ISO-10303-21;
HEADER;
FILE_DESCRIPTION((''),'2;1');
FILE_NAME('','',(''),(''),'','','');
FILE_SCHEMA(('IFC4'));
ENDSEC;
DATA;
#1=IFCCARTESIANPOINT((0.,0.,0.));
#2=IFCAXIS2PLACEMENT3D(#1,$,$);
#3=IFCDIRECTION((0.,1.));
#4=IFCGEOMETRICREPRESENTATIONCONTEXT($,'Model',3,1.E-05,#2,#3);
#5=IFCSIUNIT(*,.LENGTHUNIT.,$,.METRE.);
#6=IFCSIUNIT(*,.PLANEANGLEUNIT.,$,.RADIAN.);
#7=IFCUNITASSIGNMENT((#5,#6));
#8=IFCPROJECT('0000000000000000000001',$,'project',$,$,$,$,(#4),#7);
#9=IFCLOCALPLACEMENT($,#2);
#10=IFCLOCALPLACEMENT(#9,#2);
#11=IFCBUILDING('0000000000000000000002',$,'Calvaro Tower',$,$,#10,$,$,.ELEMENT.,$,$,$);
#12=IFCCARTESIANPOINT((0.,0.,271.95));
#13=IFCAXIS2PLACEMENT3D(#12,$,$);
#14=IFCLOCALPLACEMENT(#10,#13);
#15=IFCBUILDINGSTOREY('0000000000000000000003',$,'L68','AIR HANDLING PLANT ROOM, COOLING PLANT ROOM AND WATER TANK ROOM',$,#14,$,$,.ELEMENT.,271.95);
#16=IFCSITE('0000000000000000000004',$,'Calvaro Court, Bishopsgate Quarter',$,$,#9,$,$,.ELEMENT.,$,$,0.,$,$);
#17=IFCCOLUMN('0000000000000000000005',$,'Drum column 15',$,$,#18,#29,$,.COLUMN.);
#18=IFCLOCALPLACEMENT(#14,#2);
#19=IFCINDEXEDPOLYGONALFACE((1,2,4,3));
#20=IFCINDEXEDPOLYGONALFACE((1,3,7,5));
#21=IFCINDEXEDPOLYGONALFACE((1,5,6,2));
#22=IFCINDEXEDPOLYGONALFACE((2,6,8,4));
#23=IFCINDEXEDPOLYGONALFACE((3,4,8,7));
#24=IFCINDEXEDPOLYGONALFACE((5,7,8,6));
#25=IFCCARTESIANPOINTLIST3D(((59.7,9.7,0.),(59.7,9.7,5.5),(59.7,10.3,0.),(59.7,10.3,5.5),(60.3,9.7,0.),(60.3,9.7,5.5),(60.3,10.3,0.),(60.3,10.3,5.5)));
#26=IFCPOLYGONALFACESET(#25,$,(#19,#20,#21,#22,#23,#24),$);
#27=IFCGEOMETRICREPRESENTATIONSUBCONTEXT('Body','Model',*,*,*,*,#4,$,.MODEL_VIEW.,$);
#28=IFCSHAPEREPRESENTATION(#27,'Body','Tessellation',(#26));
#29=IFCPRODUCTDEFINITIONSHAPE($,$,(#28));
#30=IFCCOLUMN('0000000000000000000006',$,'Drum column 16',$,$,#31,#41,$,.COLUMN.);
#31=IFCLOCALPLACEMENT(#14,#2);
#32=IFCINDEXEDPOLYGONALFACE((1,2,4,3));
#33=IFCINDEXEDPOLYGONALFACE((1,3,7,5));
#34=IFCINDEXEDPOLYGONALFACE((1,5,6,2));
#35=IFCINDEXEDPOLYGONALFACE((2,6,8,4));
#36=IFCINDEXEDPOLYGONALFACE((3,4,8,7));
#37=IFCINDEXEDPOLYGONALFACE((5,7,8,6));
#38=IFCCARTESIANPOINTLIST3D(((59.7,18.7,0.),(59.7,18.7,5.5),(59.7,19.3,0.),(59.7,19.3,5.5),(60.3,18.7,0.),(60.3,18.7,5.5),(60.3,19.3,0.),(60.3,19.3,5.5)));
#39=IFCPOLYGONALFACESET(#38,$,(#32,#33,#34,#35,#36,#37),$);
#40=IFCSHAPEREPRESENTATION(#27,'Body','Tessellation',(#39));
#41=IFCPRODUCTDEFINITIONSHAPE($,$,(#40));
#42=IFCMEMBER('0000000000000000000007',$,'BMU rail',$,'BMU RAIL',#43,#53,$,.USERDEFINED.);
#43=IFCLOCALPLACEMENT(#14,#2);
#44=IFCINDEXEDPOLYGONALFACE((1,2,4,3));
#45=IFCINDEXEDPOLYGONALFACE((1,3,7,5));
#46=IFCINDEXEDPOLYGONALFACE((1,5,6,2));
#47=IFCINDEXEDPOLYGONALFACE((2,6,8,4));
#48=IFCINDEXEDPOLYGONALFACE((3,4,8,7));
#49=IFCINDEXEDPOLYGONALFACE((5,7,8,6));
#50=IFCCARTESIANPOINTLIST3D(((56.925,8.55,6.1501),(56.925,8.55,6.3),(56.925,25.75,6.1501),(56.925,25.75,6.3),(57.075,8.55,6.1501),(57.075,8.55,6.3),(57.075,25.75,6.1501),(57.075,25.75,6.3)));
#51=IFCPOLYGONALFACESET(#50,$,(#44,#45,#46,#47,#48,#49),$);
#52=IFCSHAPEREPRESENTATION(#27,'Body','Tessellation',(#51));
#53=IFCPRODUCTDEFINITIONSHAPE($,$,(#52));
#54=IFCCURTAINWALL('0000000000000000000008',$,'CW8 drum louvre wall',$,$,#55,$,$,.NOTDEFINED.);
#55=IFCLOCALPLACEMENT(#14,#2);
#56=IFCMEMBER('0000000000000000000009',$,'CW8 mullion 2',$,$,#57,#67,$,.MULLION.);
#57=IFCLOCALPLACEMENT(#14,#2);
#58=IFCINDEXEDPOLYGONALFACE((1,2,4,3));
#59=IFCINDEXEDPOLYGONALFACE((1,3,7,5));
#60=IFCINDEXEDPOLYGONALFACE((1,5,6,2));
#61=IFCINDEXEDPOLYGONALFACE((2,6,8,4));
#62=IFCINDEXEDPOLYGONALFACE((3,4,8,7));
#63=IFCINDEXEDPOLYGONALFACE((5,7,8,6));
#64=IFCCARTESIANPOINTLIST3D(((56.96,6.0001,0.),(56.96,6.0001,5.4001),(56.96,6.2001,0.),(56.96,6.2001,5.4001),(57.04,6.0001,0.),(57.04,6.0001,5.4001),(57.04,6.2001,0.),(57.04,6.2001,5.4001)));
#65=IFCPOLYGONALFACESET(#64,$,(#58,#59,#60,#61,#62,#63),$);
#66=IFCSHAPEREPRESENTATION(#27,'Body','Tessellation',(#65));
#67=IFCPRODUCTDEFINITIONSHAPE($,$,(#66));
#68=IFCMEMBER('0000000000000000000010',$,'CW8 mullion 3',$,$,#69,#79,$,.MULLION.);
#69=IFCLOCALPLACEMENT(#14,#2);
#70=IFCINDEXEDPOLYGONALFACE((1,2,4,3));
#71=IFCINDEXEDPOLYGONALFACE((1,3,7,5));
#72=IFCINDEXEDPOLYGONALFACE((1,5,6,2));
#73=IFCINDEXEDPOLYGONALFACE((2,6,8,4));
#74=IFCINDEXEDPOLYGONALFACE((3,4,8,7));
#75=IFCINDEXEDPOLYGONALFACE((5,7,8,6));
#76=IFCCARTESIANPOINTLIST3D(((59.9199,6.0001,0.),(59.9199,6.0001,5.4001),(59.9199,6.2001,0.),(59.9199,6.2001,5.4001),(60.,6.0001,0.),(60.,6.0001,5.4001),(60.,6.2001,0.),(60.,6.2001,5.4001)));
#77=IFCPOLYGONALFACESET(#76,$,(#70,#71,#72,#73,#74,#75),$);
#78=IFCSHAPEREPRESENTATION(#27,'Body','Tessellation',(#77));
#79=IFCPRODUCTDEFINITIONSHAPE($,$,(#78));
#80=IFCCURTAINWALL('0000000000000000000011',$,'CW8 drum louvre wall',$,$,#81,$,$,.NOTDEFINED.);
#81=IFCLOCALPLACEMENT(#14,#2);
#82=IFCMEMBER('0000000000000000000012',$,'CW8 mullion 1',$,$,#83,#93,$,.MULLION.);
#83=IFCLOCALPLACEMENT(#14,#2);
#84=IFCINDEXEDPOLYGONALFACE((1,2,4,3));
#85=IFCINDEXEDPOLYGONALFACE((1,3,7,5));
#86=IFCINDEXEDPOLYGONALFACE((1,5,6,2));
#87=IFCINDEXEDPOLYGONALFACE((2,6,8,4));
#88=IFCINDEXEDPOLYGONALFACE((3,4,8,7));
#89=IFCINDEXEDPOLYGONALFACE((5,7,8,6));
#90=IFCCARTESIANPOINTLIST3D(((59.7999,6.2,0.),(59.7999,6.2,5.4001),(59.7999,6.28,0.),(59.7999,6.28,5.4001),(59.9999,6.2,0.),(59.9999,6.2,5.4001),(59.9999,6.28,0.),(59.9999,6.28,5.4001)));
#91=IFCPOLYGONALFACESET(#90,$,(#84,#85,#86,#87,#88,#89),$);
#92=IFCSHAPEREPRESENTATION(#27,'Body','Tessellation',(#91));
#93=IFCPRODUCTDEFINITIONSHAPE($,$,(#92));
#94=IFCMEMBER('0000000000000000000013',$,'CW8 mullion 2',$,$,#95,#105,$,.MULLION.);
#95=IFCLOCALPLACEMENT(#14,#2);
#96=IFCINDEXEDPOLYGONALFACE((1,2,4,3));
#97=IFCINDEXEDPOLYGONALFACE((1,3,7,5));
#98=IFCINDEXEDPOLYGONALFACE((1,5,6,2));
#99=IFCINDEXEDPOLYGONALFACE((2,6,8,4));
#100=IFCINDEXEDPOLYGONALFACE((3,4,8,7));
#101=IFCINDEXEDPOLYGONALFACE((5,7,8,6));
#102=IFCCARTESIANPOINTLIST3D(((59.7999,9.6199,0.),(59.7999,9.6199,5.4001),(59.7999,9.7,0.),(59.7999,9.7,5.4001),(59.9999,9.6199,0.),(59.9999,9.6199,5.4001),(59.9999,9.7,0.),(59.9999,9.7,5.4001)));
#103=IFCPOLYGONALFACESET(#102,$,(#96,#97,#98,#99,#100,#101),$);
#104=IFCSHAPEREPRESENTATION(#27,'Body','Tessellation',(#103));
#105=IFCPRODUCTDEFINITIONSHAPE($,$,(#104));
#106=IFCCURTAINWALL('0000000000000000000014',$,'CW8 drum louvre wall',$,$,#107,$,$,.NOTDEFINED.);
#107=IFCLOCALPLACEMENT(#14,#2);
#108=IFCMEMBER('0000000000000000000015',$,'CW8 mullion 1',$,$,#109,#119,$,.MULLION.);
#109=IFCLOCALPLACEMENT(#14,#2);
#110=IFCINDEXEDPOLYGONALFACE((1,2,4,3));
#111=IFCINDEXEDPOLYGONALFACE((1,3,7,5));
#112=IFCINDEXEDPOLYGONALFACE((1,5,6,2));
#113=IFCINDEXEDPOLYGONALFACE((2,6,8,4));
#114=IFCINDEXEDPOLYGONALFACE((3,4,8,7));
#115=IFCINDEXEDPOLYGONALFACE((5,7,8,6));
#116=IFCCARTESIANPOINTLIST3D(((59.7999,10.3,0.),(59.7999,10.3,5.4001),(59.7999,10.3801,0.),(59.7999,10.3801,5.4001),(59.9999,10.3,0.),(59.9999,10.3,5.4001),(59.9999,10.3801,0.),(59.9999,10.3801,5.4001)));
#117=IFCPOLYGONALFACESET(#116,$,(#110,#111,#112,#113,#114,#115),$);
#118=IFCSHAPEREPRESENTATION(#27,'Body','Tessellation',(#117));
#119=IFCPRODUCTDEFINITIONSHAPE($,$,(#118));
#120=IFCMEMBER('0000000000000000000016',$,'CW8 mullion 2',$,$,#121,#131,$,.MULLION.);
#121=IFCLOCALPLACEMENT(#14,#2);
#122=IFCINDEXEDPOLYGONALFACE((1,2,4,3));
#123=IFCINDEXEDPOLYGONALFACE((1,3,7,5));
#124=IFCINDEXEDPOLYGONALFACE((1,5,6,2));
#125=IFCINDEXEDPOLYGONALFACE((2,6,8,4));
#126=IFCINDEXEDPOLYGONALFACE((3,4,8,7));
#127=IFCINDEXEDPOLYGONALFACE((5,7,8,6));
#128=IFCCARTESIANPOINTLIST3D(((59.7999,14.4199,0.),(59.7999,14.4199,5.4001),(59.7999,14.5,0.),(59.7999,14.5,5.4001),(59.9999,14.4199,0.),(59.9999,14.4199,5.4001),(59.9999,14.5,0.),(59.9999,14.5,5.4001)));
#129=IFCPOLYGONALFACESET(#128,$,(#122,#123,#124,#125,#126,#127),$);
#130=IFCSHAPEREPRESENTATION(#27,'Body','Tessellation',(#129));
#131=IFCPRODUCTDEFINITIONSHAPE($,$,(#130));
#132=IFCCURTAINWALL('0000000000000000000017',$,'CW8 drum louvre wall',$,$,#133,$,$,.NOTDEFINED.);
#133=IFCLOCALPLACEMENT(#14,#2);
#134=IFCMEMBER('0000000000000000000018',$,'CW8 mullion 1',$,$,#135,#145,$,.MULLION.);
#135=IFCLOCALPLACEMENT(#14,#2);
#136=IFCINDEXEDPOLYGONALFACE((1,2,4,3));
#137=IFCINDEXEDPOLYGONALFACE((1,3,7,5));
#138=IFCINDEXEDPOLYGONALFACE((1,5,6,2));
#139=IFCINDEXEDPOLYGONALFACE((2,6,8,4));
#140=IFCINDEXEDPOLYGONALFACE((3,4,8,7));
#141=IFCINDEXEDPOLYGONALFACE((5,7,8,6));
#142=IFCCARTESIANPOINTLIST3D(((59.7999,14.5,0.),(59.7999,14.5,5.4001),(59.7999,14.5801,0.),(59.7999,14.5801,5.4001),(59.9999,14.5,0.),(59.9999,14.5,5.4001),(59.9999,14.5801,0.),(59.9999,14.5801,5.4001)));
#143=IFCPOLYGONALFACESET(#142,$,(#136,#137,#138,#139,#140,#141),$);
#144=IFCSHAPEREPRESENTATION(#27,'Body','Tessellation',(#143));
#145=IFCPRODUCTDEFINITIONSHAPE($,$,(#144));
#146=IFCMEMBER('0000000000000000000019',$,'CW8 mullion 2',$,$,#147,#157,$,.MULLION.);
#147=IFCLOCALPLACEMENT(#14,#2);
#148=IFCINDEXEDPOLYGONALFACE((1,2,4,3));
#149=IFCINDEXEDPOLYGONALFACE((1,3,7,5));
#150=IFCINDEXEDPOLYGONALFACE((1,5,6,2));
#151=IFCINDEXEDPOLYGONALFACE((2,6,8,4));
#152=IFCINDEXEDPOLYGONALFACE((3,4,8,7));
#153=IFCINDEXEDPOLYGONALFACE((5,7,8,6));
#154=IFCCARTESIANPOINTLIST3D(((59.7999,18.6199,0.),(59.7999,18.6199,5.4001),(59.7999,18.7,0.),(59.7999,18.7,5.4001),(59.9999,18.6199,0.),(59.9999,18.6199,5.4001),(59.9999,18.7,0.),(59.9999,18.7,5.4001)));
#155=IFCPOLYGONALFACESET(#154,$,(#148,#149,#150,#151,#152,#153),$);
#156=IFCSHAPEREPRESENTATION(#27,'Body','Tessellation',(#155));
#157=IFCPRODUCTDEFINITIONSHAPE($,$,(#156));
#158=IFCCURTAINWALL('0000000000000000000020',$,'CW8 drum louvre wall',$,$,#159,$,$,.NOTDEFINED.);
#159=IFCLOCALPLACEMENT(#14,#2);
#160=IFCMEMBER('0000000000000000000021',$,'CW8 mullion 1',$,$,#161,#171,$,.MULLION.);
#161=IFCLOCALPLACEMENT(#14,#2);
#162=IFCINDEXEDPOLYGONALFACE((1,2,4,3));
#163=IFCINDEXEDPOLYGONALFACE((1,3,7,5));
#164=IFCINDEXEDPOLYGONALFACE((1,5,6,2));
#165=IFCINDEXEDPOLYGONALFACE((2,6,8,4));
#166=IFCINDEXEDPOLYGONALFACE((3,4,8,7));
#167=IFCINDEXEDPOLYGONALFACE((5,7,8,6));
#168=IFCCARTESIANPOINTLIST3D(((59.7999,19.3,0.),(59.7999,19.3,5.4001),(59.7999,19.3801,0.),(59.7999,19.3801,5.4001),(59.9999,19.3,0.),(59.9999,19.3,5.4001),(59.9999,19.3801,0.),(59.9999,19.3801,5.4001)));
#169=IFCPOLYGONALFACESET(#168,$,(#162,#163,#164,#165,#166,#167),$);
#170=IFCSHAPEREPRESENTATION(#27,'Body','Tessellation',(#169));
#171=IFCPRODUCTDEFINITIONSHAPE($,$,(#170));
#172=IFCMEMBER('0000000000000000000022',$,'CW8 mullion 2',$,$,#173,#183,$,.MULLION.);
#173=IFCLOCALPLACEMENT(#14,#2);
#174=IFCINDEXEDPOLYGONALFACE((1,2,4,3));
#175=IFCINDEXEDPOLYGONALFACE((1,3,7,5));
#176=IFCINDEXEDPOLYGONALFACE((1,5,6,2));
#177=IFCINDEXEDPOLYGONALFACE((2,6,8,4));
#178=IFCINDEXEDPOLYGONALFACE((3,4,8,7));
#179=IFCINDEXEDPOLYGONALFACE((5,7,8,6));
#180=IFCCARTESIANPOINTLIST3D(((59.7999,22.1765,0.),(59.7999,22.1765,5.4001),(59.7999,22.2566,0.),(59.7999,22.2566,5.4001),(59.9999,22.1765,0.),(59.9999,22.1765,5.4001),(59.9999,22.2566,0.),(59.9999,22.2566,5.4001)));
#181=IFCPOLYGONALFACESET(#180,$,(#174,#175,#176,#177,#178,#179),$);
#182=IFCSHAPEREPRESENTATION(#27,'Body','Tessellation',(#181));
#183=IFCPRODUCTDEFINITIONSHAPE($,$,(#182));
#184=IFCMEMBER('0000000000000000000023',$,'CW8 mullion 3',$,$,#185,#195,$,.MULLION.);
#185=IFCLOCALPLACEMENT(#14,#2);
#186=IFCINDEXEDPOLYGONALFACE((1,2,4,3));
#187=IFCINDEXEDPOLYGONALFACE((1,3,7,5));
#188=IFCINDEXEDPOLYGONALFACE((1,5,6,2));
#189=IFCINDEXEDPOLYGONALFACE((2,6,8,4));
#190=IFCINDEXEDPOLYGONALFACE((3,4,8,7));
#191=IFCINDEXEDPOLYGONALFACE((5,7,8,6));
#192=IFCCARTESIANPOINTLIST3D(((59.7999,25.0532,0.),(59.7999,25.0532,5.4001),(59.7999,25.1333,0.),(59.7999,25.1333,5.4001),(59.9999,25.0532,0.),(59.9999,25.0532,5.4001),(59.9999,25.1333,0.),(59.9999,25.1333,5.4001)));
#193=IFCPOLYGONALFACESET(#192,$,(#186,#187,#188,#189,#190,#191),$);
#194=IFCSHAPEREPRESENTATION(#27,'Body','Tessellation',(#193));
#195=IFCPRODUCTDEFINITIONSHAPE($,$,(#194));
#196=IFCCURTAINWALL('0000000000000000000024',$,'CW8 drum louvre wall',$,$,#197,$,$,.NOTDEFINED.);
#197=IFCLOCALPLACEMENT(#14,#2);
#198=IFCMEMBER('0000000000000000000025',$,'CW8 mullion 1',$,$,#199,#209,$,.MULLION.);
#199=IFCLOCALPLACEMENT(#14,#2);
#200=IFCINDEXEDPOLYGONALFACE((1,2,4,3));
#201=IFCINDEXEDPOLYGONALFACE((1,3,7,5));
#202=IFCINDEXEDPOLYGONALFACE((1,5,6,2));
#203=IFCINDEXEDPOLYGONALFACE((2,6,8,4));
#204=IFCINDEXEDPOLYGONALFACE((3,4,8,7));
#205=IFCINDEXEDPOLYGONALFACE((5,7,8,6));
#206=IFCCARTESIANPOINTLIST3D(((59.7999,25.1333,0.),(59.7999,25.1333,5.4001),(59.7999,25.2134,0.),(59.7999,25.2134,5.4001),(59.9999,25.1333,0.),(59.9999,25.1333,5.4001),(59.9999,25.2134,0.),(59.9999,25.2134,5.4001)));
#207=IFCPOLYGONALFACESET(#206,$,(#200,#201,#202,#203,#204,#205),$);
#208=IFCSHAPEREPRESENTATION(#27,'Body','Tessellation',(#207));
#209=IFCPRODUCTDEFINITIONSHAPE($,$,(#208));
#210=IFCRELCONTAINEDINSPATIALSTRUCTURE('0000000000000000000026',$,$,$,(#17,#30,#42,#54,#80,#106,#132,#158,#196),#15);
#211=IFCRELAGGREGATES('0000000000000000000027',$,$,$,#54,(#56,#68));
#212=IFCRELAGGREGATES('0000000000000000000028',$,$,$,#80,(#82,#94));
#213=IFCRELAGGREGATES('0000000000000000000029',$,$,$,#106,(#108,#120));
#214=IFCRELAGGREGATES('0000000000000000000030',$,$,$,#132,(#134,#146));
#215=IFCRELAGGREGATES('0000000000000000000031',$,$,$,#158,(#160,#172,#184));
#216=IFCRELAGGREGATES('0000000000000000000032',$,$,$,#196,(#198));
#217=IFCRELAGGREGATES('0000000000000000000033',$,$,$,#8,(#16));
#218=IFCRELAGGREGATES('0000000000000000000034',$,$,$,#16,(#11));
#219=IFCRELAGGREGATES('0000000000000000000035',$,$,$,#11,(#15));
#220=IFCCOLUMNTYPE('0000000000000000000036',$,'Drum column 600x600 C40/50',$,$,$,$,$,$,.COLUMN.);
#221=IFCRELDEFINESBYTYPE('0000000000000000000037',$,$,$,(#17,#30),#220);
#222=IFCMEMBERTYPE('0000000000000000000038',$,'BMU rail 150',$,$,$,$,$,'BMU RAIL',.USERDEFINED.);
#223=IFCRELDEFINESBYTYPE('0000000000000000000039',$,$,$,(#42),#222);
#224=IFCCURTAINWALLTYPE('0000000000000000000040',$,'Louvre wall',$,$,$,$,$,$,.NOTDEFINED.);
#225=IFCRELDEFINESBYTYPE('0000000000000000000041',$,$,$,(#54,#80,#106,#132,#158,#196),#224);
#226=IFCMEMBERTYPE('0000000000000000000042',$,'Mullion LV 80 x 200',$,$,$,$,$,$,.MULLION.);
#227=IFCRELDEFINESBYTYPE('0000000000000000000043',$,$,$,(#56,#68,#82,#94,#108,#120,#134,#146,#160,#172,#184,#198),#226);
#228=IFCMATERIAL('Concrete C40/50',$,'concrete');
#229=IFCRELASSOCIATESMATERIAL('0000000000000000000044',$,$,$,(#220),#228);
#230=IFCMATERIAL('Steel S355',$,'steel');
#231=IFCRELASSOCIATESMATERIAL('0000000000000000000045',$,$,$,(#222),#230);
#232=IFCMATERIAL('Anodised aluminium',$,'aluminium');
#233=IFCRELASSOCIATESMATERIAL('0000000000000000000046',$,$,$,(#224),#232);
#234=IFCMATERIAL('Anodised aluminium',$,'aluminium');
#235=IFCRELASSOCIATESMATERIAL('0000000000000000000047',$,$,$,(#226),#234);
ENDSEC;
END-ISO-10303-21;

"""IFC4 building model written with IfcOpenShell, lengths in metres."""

from ifc_helpers import new_model, si_unit, direction, frame, origin, origin_2d, place, context, subcontext, project, spatial, rectangle, extrude, material, material_profile, profile_set, type_object, element, aggregate, save


model = new_model("IFC4")

# Units and contexts
model_context = context("Model", 3, precision=1e-05, world=origin(), true_north=direction((0.0, 1.0)))
body_context = subcontext(model_context, "Body", "Model", "MODEL_VIEW")
ifc_project = project(units=[si_unit("LENGTHUNIT", "METRE"), si_unit("PLANEANGLEUNIT", "RADIAN")], contexts=[model_context])

# Site, building, storey
site_placement = place(None, origin())
site = spatial("IfcSite", under=ifc_project, at=site_placement, Name="Calvaro Court, Bishopsgate Quarter", CompositionType="ELEMENT", RefElevation=0.0)
building_placement = place(site_placement, origin())
building = spatial("IfcBuilding", under=site, at=building_placement, Name="Calvaro Tower", CompositionType="ELEMENT")
storey_placement = place(building_placement, frame((0.0, 0.0, 271.95)))
storey = spatial("IfcBuildingStorey", under=building, at=storey_placement, Name="L68", Description="AIR HANDLING PLANT ROOM, COOLING PLANT ROOM AND WATER TANK ROOM", CompositionType="ELEMENT", Elevation=271.95)

# Columns
ifc_material_1 = material(Name="Concrete C40/50", Category="concrete")
ifc_material_profile_1 = material_profile(ifc_material_1, rectangle(XDim=0.6001, YDim=0.6001, at=origin_2d()), Name="RC 600x600")
ifc_profile_set_1 = profile_set([ifc_material_profile_1], Name="Concrete C40/50")
column_type = type_object("IfcColumnType", Name="Drum column 600x600 C40/50", PredefinedType="COLUMN", material=ifc_profile_set_1)
for number, where, z_axis, x_axis, name in (
    (1, (60.0, 10.0, 0.0), (0.0, 0.0, 1.0), (1.0, 0.0, 0.0), "Drum column 15"),
    (2, (60.0, 19.0, 0.0), (0.0, 0.0, 1.0), (1.0, 0.0, 0.0), "Drum column 16"),
):
    element("IfcColumn", number, at=place(storey_placement, frame(where, z_axis=z_axis, x_axis=x_axis)), inside=storey, type_object=column_type, Name=name, PredefinedType="COLUMN", context=body_context, shape_type="SweptSolid", body=[
        extrude(rectangle(XDim=0.6001, YDim=0.6001, at=origin_2d()), origin(), (0.0, 0.0, 1.0), 5.5),
    ])

# Member
ifc_material_2 = material(Name="Steel S355", Category="steel")
ifc_material_profile_2 = material_profile(ifc_material_2, rectangle(XDim=0.1499, YDim=0.1499, at=origin_2d()), Name="BMU rail 150")
ifc_profile_set_2 = profile_set([ifc_material_profile_2], Name="Steel S355")
member_type_1 = type_object("IfcMemberType", Name="BMU rail 150", ElementType="BMU RAIL", PredefinedType="USERDEFINED", material=ifc_profile_set_2)
member_1_placement = place(storey_placement, frame((57.0, 8.55, 6.2251), z_axis=(0.0, 1.0, 0.0), x_axis=(-1.0, 0.0, 0.0)))
element("IfcMember", 3, at=member_1_placement, inside=storey, type_object=member_type_1, Name="BMU rail", ObjectType="BMU RAIL", PredefinedType="USERDEFINED", context=body_context, shape_type="SweptSolid", body=[
    extrude(rectangle(XDim=0.1499, YDim=0.1499, at=origin_2d()), origin(), (0.0, 0.0, 1.0), 17.2),
])

# Curtain walls, members
ifc_material_3 = material(Name="Anodised aluminium", Category="aluminium")
curtain_wall_type = type_object("IfcCurtainWallType", Name="Louvre wall", PredefinedType="NOTDEFINED", material=ifc_material_3)
curtain_wall_1_placement = place(storey_placement, origin())
curtain_wall_1 = element("IfcCurtainWall", 4, at=curtain_wall_1_placement, inside=storey, type_object=curtain_wall_type, Name="CW8 drum louvre wall", PredefinedType="NOTDEFINED")
ifc_material_4 = material(Name="Anodised aluminium", Category="aluminium")
ifc_material_profile_3 = material_profile(ifc_material_4, rectangle(XDim=0.2, YDim=0.0801, at=origin_2d()), Name="Mullion LV 80 x 200")
ifc_profile_set_3 = profile_set([ifc_material_profile_3], Name="Anodised aluminium")
member_type_2 = type_object("IfcMemberType", Name="Mullion LV 80 x 200", PredefinedType="MULLION", material=ifc_profile_set_3)
member_2_placement = place(storey_placement, frame((57.0, 6.1001, 0.0), z_axis=(0.0, 0.0, 1.0), x_axis=(0.0, 1.0, 0.0)))
member_2 = element("IfcMember", 5, at=member_2_placement, type_object=member_type_2, Name="CW8 mullion 2", PredefinedType="MULLION", context=body_context, shape_type="SweptSolid", body=[
    extrude(rectangle(XDim=0.2, YDim=0.0801, at=origin_2d()), origin(), (0.0, 0.0, 1.0), 5.4001),
])
member_3_placement = place(storey_placement, frame((59.96, 6.1001, 0.0), z_axis=(0.0, 0.0, 1.0), x_axis=(0.0, 1.0, 0.0)))
member_3 = element("IfcMember", 6, at=member_3_placement, type_object=member_type_2, Name="CW8 mullion 3", PredefinedType="MULLION", context=body_context, shape_type="SweptSolid", body=[
    extrude(rectangle(XDim=0.2, YDim=0.0801, at=origin_2d()), origin(), (0.0, 0.0, 1.0), 5.4001),
])
curtain_wall_2_placement = place(storey_placement, origin())
curtain_wall_2 = element("IfcCurtainWall", 7, at=curtain_wall_2_placement, inside=storey, type_object=curtain_wall_type, Name="CW8 drum louvre wall", PredefinedType="NOTDEFINED")
member_4_placement = place(storey_placement, frame((59.8999, 6.24, 0.0), z_axis=(0.0, 0.0, 1.0), x_axis=(-1.0, 0.0, 0.0)))
member_4 = element("IfcMember", 8, at=member_4_placement, type_object=member_type_2, Name="CW8 mullion 1", PredefinedType="MULLION", context=body_context, shape_type="SweptSolid", body=[
    extrude(rectangle(XDim=0.2, YDim=0.0801, at=origin_2d()), origin(), (0.0, 0.0, 1.0), 5.4001),
])
member_5_placement = place(storey_placement, frame((59.8999, 9.6599, 0.0), z_axis=(0.0, 0.0, 1.0), x_axis=(-1.0, 0.0, 0.0)))
member_5 = element("IfcMember", 9, at=member_5_placement, type_object=member_type_2, Name="CW8 mullion 2", PredefinedType="MULLION", context=body_context, shape_type="SweptSolid", body=[
    extrude(rectangle(XDim=0.2, YDim=0.0801, at=origin_2d()), origin(), (0.0, 0.0, 1.0), 5.4001),
])
curtain_wall_3_placement = place(storey_placement, origin())
curtain_wall_3 = element("IfcCurtainWall", 10, at=curtain_wall_3_placement, inside=storey, type_object=curtain_wall_type, Name="CW8 drum louvre wall", PredefinedType="NOTDEFINED")
member_6_placement = place(storey_placement, frame((59.8999, 10.3401, 0.0), z_axis=(0.0, 0.0, 1.0), x_axis=(-1.0, 0.0, 0.0)))
member_6 = element("IfcMember", 11, at=member_6_placement, type_object=member_type_2, Name="CW8 mullion 1", PredefinedType="MULLION", context=body_context, shape_type="SweptSolid", body=[
    extrude(rectangle(XDim=0.2, YDim=0.0801, at=origin_2d()), origin(), (0.0, 0.0, 1.0), 5.4001),
])
member_7_placement = place(storey_placement, frame((59.8999, 14.46, 0.0), z_axis=(0.0, 0.0, 1.0), x_axis=(-1.0, 0.0, 0.0)))
member_7 = element("IfcMember", 12, at=member_7_placement, type_object=member_type_2, Name="CW8 mullion 2", PredefinedType="MULLION", context=body_context, shape_type="SweptSolid", body=[
    extrude(rectangle(XDim=0.2, YDim=0.0801, at=origin_2d()), origin(), (0.0, 0.0, 1.0), 5.4001),
])
curtain_wall_4_placement = place(storey_placement, origin())
curtain_wall_4 = element("IfcCurtainWall", 13, at=curtain_wall_4_placement, inside=storey, type_object=curtain_wall_type, Name="CW8 drum louvre wall", PredefinedType="NOTDEFINED")
member_8_placement = place(storey_placement, frame((59.8999, 14.54, 0.0), z_axis=(0.0, 0.0, 1.0), x_axis=(-1.0, 0.0, 0.0)))
member_8 = element("IfcMember", 14, at=member_8_placement, type_object=member_type_2, Name="CW8 mullion 1", PredefinedType="MULLION", context=body_context, shape_type="SweptSolid", body=[
    extrude(rectangle(XDim=0.2, YDim=0.0801, at=origin_2d()), origin(), (0.0, 0.0, 1.0), 5.4001),
])
member_9_placement = place(storey_placement, frame((59.8999, 18.6599, 0.0), z_axis=(0.0, 0.0, 1.0), x_axis=(-1.0, 0.0, 0.0)))
member_9 = element("IfcMember", 15, at=member_9_placement, type_object=member_type_2, Name="CW8 mullion 2", PredefinedType="MULLION", context=body_context, shape_type="SweptSolid", body=[
    extrude(rectangle(XDim=0.2, YDim=0.0801, at=origin_2d()), origin(), (0.0, 0.0, 1.0), 5.4001),
])
curtain_wall_5_placement = place(storey_placement, origin())
curtain_wall_5 = element("IfcCurtainWall", 16, at=curtain_wall_5_placement, inside=storey, type_object=curtain_wall_type, Name="CW8 drum louvre wall", PredefinedType="NOTDEFINED")
member_10_placement = place(storey_placement, frame((59.8999, 19.3401, 0.0), z_axis=(0.0, 0.0, 1.0), x_axis=(-1.0, 0.0, 0.0)))
member_10 = element("IfcMember", 17, at=member_10_placement, type_object=member_type_2, Name="CW8 mullion 1", PredefinedType="MULLION", context=body_context, shape_type="SweptSolid", body=[
    extrude(rectangle(XDim=0.2, YDim=0.0801, at=origin_2d()), origin(), (0.0, 0.0, 1.0), 5.4001),
])
member_11_placement = place(storey_placement, frame((59.8999, 22.2166, 0.0), z_axis=(0.0, 0.0, 1.0), x_axis=(-1.0, 0.0, 0.0)))
member_11 = element("IfcMember", 18, at=member_11_placement, type_object=member_type_2, Name="CW8 mullion 2", PredefinedType="MULLION", context=body_context, shape_type="SweptSolid", body=[
    extrude(rectangle(XDim=0.2, YDim=0.0801, at=origin_2d()), origin(), (0.0, 0.0, 1.0), 5.4001),
])
member_12_placement = place(storey_placement, frame((59.8999, 25.0933, 0.0), z_axis=(0.0, 0.0, 1.0), x_axis=(-1.0, 0.0, 0.0)))
member_12 = element("IfcMember", 19, at=member_12_placement, type_object=member_type_2, Name="CW8 mullion 3", PredefinedType="MULLION", context=body_context, shape_type="SweptSolid", body=[
    extrude(rectangle(XDim=0.2, YDim=0.0801, at=origin_2d()), origin(), (0.0, 0.0, 1.0), 5.4001),
])
curtain_wall_6_placement = place(storey_placement, origin())
curtain_wall_6 = element("IfcCurtainWall", 20, at=curtain_wall_6_placement, inside=storey, type_object=curtain_wall_type, Name="CW8 drum louvre wall", PredefinedType="NOTDEFINED")
member_13_placement = place(storey_placement, frame((59.8999, 25.1733, 0.0), z_axis=(0.0, 0.0, 1.0), x_axis=(-1.0, 0.0, 0.0)))
member_13 = element("IfcMember", 21, at=member_13_placement, type_object=member_type_2, Name="CW8 mullion 1", PredefinedType="MULLION", context=body_context, shape_type="SweptSolid", body=[
    extrude(rectangle(XDim=0.2, YDim=0.0801, at=origin_2d()), origin(), (0.0, 0.0, 1.0), 5.4001),
])

aggregate(curtain_wall_1, [member_2, member_3])
aggregate(curtain_wall_2, [member_4, member_5])
aggregate(curtain_wall_3, [member_6, member_7])
aggregate(curtain_wall_4, [member_8, member_9])
aggregate(curtain_wall_5, [member_10, member_11, member_12])
aggregate(curtain_wall_6, [member_13])

save(model, "model.ifc")
